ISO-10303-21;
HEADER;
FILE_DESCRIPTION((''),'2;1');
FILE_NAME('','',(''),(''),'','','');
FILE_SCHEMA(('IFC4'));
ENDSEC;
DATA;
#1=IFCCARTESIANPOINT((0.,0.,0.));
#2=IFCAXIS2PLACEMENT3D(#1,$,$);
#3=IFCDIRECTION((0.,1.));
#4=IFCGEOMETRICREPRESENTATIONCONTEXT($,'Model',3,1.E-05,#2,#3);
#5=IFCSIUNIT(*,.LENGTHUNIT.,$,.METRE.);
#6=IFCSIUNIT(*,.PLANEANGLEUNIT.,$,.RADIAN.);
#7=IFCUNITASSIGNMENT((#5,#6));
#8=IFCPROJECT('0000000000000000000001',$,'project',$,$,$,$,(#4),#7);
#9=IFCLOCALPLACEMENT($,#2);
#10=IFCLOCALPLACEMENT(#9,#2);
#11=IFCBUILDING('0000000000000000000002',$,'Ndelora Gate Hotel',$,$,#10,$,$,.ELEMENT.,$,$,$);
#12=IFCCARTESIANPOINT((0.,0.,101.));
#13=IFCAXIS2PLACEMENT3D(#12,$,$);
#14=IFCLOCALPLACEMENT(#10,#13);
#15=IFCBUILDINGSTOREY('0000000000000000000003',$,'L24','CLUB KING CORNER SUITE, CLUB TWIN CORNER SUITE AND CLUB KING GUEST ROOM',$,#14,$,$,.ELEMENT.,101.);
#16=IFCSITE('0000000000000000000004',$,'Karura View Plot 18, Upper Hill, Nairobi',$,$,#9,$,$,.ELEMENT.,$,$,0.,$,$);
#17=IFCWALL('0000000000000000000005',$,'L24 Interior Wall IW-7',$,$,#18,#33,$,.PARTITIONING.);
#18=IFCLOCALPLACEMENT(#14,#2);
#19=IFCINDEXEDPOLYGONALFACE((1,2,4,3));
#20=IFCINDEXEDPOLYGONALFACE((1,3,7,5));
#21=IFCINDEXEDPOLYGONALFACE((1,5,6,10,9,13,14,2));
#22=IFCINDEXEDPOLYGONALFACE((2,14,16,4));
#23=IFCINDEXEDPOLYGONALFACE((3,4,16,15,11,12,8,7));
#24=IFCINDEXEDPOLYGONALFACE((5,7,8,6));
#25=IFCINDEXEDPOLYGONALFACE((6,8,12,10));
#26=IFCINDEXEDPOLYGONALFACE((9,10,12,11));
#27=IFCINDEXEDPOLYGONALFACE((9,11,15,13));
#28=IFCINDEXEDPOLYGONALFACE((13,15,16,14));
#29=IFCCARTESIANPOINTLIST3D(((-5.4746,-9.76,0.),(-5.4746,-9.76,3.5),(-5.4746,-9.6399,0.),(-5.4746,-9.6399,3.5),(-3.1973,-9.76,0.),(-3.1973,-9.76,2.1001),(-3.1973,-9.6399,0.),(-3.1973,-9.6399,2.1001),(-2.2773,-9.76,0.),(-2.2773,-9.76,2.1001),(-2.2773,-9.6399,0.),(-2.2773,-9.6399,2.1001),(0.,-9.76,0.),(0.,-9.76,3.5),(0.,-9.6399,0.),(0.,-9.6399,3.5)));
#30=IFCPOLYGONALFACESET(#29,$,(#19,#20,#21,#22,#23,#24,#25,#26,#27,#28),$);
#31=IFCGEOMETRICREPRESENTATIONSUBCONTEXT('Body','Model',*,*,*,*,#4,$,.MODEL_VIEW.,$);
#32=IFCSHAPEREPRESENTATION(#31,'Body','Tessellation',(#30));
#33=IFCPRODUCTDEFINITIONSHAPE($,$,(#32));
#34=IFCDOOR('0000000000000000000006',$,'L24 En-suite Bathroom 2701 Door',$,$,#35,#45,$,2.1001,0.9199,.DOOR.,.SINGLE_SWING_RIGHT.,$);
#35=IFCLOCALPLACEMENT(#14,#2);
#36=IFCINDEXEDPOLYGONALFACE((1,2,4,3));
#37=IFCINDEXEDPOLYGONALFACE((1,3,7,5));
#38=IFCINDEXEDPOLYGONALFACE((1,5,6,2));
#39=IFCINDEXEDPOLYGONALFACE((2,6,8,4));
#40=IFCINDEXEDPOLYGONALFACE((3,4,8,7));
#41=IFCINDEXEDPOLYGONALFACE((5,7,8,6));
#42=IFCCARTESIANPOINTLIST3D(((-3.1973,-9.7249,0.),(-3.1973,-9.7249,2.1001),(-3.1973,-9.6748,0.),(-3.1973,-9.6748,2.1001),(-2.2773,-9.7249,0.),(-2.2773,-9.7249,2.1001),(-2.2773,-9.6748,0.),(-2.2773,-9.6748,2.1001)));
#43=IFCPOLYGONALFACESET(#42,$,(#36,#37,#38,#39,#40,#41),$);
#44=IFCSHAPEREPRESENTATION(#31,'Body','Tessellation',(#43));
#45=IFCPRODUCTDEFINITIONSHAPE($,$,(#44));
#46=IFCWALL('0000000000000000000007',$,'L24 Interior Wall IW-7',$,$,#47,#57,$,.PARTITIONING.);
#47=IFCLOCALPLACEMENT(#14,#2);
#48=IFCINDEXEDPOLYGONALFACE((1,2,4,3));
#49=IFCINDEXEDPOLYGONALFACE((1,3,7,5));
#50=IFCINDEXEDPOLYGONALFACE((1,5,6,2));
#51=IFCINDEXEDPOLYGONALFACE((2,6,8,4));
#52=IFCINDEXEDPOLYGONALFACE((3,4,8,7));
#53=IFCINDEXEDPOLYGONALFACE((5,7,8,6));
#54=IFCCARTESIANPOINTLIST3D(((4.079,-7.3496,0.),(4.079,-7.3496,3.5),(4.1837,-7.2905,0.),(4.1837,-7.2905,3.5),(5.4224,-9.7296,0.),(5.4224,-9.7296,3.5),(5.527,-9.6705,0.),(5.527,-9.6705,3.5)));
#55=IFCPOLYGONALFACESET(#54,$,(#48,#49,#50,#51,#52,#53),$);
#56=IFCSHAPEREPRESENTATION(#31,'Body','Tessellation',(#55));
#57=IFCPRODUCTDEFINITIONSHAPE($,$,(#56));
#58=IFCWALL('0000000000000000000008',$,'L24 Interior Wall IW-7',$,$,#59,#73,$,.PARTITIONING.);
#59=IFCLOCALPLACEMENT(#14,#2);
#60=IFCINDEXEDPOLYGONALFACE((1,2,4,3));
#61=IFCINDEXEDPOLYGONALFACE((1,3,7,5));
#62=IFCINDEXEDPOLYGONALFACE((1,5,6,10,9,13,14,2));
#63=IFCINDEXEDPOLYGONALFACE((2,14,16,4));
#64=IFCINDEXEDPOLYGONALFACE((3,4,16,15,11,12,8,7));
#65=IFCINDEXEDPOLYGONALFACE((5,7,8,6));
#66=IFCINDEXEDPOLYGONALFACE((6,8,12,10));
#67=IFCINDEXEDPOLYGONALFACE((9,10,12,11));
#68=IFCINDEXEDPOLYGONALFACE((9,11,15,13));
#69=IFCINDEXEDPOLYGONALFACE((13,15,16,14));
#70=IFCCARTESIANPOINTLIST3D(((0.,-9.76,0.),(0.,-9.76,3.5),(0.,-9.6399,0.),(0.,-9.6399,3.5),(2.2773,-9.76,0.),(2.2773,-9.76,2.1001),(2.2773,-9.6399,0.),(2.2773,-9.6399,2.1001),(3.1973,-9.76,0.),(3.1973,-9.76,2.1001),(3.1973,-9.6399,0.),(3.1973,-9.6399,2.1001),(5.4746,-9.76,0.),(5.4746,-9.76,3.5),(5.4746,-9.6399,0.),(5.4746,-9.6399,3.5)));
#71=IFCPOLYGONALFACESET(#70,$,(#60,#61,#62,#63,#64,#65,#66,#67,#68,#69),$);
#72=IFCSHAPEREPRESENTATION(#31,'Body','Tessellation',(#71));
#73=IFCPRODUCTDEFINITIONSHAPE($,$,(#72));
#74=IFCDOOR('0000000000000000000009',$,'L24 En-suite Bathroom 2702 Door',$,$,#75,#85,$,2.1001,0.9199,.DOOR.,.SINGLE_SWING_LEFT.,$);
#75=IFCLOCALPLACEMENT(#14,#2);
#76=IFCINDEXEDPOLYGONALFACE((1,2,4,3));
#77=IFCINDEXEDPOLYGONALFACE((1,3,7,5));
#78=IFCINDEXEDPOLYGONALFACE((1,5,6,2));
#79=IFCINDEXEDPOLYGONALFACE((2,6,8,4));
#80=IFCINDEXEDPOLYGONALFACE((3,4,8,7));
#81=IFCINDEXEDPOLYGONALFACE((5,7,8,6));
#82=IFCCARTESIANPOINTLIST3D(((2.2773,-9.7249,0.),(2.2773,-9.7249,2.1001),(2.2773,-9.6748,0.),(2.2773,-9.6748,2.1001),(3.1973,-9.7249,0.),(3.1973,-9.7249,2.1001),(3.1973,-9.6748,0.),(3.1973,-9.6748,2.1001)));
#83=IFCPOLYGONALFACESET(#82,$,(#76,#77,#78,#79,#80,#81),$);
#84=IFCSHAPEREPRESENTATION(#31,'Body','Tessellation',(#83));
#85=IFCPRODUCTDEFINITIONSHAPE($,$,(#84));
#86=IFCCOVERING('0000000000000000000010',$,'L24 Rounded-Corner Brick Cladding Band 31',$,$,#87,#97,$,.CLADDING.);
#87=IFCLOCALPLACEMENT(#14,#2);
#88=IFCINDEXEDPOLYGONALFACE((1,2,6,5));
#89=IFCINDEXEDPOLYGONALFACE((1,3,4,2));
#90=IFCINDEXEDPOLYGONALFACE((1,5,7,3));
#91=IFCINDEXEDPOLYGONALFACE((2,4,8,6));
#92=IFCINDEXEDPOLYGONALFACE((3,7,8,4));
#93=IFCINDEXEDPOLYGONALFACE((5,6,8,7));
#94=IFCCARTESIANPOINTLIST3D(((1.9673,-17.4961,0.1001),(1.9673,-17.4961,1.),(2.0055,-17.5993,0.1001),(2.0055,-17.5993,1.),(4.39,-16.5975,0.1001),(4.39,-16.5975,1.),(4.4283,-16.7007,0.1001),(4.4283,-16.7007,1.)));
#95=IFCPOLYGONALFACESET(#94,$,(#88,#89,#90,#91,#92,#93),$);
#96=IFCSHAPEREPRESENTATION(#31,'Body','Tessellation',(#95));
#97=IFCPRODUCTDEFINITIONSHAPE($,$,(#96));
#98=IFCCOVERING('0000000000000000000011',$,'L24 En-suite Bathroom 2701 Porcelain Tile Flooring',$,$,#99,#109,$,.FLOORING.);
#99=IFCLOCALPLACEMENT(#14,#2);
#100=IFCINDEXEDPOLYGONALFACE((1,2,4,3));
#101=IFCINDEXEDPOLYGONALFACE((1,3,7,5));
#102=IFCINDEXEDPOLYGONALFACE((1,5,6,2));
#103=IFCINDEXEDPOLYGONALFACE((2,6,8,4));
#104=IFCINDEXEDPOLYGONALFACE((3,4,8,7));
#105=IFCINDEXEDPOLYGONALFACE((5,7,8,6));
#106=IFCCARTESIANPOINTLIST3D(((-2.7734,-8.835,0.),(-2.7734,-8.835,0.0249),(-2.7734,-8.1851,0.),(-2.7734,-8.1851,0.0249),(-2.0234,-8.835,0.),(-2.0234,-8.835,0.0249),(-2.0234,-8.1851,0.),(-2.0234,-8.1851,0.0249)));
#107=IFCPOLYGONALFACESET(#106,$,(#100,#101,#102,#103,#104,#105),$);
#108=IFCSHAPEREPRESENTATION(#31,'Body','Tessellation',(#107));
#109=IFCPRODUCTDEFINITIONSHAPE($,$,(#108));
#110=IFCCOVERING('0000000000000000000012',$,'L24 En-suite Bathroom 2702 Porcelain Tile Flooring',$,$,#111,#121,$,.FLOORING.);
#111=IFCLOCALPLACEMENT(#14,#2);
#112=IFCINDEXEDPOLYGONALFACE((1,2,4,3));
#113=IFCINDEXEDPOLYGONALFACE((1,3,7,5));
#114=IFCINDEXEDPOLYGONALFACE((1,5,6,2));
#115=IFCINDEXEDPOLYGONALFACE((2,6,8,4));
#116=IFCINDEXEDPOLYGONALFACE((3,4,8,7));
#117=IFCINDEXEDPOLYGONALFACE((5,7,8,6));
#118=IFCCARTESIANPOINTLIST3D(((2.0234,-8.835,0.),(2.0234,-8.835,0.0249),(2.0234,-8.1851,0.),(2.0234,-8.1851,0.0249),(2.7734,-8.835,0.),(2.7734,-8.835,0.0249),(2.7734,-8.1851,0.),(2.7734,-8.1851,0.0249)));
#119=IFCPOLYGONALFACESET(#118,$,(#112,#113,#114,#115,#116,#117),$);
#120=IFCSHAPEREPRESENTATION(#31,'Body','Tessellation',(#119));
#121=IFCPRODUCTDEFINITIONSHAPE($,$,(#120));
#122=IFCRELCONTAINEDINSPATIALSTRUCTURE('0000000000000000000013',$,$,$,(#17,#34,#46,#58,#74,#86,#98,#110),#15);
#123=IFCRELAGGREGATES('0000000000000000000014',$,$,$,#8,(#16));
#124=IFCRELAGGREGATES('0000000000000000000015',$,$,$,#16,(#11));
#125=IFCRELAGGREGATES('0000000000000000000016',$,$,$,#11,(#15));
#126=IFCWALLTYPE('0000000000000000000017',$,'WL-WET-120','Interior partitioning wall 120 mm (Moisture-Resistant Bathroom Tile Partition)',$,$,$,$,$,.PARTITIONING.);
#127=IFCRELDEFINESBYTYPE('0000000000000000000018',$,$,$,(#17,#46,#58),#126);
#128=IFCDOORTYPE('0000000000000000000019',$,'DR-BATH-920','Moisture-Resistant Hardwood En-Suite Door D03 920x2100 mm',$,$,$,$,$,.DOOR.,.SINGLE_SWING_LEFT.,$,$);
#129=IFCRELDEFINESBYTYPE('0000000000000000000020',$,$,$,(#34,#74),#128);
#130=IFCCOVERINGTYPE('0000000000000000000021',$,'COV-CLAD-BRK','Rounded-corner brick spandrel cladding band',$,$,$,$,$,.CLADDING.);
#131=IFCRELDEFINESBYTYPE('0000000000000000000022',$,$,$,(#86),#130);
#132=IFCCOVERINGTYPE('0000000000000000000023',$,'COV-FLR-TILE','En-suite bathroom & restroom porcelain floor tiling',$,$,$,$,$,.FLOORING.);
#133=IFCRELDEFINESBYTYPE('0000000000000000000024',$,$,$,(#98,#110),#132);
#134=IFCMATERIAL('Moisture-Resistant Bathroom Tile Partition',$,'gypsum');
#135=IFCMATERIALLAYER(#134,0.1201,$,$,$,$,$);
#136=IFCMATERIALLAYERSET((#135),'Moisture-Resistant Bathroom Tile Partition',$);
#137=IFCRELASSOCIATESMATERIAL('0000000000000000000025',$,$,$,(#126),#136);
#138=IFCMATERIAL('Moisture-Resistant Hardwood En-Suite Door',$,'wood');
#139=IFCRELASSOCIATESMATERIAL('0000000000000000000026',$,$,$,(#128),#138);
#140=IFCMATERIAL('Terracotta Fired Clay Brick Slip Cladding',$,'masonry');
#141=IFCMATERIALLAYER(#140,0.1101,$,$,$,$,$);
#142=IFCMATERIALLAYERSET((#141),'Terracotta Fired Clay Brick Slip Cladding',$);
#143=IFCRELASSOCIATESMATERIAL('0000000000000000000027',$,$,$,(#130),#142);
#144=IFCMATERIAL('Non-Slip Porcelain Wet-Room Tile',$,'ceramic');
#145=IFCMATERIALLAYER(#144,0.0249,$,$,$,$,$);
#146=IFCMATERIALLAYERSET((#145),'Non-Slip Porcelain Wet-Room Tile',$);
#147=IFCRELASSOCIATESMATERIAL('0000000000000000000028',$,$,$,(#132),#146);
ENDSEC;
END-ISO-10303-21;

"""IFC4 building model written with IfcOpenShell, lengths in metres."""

from ifc_helpers import new_model, si_unit, direction, frame, frame_2d, origin, origin_2d, place, context, subcontext, project, spatial, rectangle, extrude, material, layer, layer_set, type_object, element, fill, save


model = new_model("IFC4")

# Units and contexts
model_context = context("Model", 3, precision=1e-05, world=origin(), true_north=direction((0.0, 1.0)))
body_context = subcontext(model_context, "Body", "Model", "MODEL_VIEW")
ifc_project = project(units=[si_unit("LENGTHUNIT", "METRE"), si_unit("PLANEANGLEUNIT", "RADIAN")], contexts=[model_context])

# Site, building, storey
site_placement = place(None, origin())
site = spatial("IfcSite", under=ifc_project, at=site_placement, Name="Karura View Plot 18, Upper Hill, Nairobi", CompositionType="ELEMENT", RefElevation=0.0)
building_placement = place(site_placement, origin())
building = spatial("IfcBuilding", under=site, at=building_placement, Name="Ndelora Gate Hotel", CompositionType="ELEMENT")
storey_placement = place(building_placement, frame((0.0, 0.0, 101.0)))
storey = spatial("IfcBuildingStorey", under=building, at=storey_placement, Name="L24", Description="CLUB KING CORNER SUITE, CLUB TWIN CORNER SUITE AND CLUB KING GUEST ROOM", CompositionType="ELEMENT", Elevation=101.0)

# Wall, opening, door
ifc_material_1 = material(Name="Moisture-Resistant Bathroom Tile Partition", Category="gypsum")
ifc_layer_1 = layer(ifc_material_1, 0.1201)
ifc_layer_set_1 = layer_set([ifc_layer_1], Name="Moisture-Resistant Bathroom Tile Partition")
wall_type_1 = type_object("IfcWallType", Name="WL-WET-120", Description="Interior partitioning wall 120 mm (Moisture-Resistant Bathroom Tile Partition)", PredefinedType="PARTITIONING", material=ifc_layer_set_1)
wall_1_placement = place(storey_placement, frame((0.0, -9.7, 0.0), z_axis=(0.0, 0.0, 1.0), x_axis=(-1.0, 0.0, 0.0)))
wall_1 = element("IfcWall", 1, at=wall_1_placement, inside=storey, type_object=wall_type_1, Name="L24 Interior Wall IW-7", PredefinedType="PARTITIONING", context=body_context, shape_type="SweptSolid", body=[
    extrude(rectangle(XDim=5.4746, YDim=0.1201, at=frame_2d((2.7373, 0.0))), origin(), (0.0, 0.0, 1.0), 3.5),
])
opening_1_placement = place(wall_1_placement, frame((2.2773, 0.0, 0.0)))
opening_1 = element("IfcOpeningElement", 2, at=opening_1_placement, cuts=wall_1, PredefinedType="OPENING", context=body_context, shape_type="SweptSolid", body=[
    extrude(rectangle(XDim=0.9199, YDim=2.1001, at=frame_2d((0.46, 1.05))), frame((0.0, 0.0701, 0.0), z_axis=(0.0, -1.0, 0.0), x_axis=(1.0, 0.0, 0.0)), (0.0, 0.0, 1.0), 0.1401),
])
ifc_material_2 = material(Name="Moisture-Resistant Hardwood En-Suite Door", Category="wood")
door_type_1 = type_object("IfcDoorType", Name="DR-BATH-920", Description="Moisture-Resistant Hardwood En-Suite Door D03 920x2100 mm", OperationType="SINGLE_SWING_LEFT", PredefinedType="DOOR", material=ifc_material_2)
door_1_placement = place(opening_1_placement, origin())
door_1 = element("IfcDoor", 3, at=door_1_placement, inside=storey, type_object=door_type_1, Name="L24 En-suite Bathroom 2701 Door", OperationType="SINGLE_SWING_RIGHT", OverallHeight=2.1001, OverallWidth=0.9199, PredefinedType="DOOR", context=body_context, shape_type="SweptSolid", body=[
    extrude(rectangle(XDim=0.9199, YDim=2.1001, at=frame_2d((0.46, 1.05))), frame((0.0, 0.0249, 0.0), z_axis=(0.0, -1.0, 0.0), x_axis=(1.0, 0.0, 0.0)), (0.0, 0.0, 1.0), 0.05),
])
fill(opening_1, door_1)

# Wall
wall_2_placement = place(storey_placement, frame((4.1313, -7.3201, 0.0), z_axis=(0.0, 0.0, 1.0), x_axis=(0.491533, -0.870859, 0.0)))
element("IfcWall", 4, at=wall_2_placement, inside=storey, type_object=wall_type_1, Name="L24 Interior Wall IW-7", PredefinedType="PARTITIONING", context=body_context, shape_type="SweptSolid", body=[
    extrude(rectangle(XDim=2.7329, YDim=0.1201, at=frame_2d((1.3665, 0.0))), origin(), (0.0, 0.0, 1.0), 3.5),
])

# Wall, opening, door
wall_3_placement = place(storey_placement, frame((5.4746, -9.7, 0.0), z_axis=(0.0, 0.0, 1.0), x_axis=(-1.0, 0.0, 0.0)))
wall_3 = element("IfcWall", 5, at=wall_3_placement, inside=storey, type_object=wall_type_1, Name="L24 Interior Wall IW-7", PredefinedType="PARTITIONING", context=body_context, shape_type="SweptSolid", body=[
    extrude(rectangle(XDim=5.4746, YDim=0.1201, at=frame_2d((2.7373, 0.0))), origin(), (0.0, 0.0, 1.0), 3.5),
])
opening_2_placement = place(wall_3_placement, frame((2.2773, 0.0, 0.0)))
opening_2 = element("IfcOpeningElement", 6, at=opening_2_placement, cuts=wall_3, PredefinedType="OPENING", context=body_context, shape_type="SweptSolid", body=[
    extrude(rectangle(XDim=0.9199, YDim=2.1001, at=frame_2d((0.46, 1.05))), frame((0.0, 0.0701, 0.0), z_axis=(0.0, -1.0, 0.0), x_axis=(1.0, 0.0, 0.0)), (0.0, 0.0, 1.0), 0.1401),
])
door_2_placement = place(opening_2_placement, origin())
door_2 = element("IfcDoor", 7, at=door_2_placement, inside=storey, type_object=door_type_1, Name="L24 En-suite Bathroom 2702 Door", OperationType="SINGLE_SWING_LEFT", OverallHeight=2.1001, OverallWidth=0.9199, PredefinedType="DOOR", context=body_context, shape_type="SweptSolid", body=[
    extrude(rectangle(XDim=0.9199, YDim=2.1001, at=frame_2d((0.46, 1.05))), frame((0.0, 0.0249, 0.0), z_axis=(0.0, -1.0, 0.0), x_axis=(1.0, 0.0, 0.0)), (0.0, 0.0, 1.0), 0.05),
])
fill(opening_2, door_2)

# Coverings
ifc_material_3 = material(Name="Terracotta Fired Clay Brick Slip Cladding", Category="masonry")
ifc_layer_2 = layer(ifc_material_3, 0.1101)
ifc_layer_set_2 = layer_set([ifc_layer_2], Name="Terracotta Fired Clay Brick Slip Cladding")
covering_type_1 = type_object("IfcCoveringType", Name="COV-CLAD-BRK", Description="Rounded-corner brick spandrel cladding band", PredefinedType="CLADDING", material=ifc_layer_set_2)
covering_placement = place(storey_placement, frame((3.1978, -17.0984, 0.1001), z_axis=(0.0, 0.0, 1.0), x_axis=(0.937586, 0.347754, 0.0)))
element("IfcCovering", 8, at=covering_placement, inside=storey, type_object=covering_type_1, Name="L24 Rounded-Corner Brick Cladding Band 31", PredefinedType="CLADDING", context=body_context, shape_type="SweptSolid", body=[
    extrude(rectangle(XDim=2.584, YDim=0.1101, at=origin_2d()), origin(), (0.0, 0.0, 1.0), 0.8999),
])
ifc_material_4 = material(Name="Non-Slip Porcelain Wet-Room Tile", Category="ceramic")
ifc_layer_3 = layer(ifc_material_4, 0.0249)
ifc_layer_set_3 = layer_set([ifc_layer_3], Name="Non-Slip Porcelain Wet-Room Tile")
covering_type_2 = type_object("IfcCoveringType", Name="COV-FLR-TILE", Description="En-suite bathroom & restroom porcelain floor tiling", PredefinedType="FLOORING", material=ifc_layer_set_3)
for number, where, z_axis, x_axis, name in (
    (9, (-2.3984, -8.51, 0.0), (0.0, 0.0, 1.0), (1.0, 0.0, 0.0), "L24 En-suite Bathroom 2701 Porcelain Tile Flooring"),
    (10, (2.3984, -8.51, 0.0), (0.0, 0.0, 1.0), (1.0, 0.0, 0.0), "L24 En-suite Bathroom 2702 Porcelain Tile Flooring"),
):
    element("IfcCovering", number, at=place(storey_placement, frame(where, z_axis=z_axis, x_axis=x_axis)), inside=storey, type_object=covering_type_2, Name=name, PredefinedType="FLOORING", context=body_context, shape_type="SweptSolid", body=[
        extrude(rectangle(XDim=0.75, YDim=0.6499, at=origin_2d()), origin(), (0.0, 0.0, 1.0), 0.0249),
    ])

save(model, "model.ifc")
